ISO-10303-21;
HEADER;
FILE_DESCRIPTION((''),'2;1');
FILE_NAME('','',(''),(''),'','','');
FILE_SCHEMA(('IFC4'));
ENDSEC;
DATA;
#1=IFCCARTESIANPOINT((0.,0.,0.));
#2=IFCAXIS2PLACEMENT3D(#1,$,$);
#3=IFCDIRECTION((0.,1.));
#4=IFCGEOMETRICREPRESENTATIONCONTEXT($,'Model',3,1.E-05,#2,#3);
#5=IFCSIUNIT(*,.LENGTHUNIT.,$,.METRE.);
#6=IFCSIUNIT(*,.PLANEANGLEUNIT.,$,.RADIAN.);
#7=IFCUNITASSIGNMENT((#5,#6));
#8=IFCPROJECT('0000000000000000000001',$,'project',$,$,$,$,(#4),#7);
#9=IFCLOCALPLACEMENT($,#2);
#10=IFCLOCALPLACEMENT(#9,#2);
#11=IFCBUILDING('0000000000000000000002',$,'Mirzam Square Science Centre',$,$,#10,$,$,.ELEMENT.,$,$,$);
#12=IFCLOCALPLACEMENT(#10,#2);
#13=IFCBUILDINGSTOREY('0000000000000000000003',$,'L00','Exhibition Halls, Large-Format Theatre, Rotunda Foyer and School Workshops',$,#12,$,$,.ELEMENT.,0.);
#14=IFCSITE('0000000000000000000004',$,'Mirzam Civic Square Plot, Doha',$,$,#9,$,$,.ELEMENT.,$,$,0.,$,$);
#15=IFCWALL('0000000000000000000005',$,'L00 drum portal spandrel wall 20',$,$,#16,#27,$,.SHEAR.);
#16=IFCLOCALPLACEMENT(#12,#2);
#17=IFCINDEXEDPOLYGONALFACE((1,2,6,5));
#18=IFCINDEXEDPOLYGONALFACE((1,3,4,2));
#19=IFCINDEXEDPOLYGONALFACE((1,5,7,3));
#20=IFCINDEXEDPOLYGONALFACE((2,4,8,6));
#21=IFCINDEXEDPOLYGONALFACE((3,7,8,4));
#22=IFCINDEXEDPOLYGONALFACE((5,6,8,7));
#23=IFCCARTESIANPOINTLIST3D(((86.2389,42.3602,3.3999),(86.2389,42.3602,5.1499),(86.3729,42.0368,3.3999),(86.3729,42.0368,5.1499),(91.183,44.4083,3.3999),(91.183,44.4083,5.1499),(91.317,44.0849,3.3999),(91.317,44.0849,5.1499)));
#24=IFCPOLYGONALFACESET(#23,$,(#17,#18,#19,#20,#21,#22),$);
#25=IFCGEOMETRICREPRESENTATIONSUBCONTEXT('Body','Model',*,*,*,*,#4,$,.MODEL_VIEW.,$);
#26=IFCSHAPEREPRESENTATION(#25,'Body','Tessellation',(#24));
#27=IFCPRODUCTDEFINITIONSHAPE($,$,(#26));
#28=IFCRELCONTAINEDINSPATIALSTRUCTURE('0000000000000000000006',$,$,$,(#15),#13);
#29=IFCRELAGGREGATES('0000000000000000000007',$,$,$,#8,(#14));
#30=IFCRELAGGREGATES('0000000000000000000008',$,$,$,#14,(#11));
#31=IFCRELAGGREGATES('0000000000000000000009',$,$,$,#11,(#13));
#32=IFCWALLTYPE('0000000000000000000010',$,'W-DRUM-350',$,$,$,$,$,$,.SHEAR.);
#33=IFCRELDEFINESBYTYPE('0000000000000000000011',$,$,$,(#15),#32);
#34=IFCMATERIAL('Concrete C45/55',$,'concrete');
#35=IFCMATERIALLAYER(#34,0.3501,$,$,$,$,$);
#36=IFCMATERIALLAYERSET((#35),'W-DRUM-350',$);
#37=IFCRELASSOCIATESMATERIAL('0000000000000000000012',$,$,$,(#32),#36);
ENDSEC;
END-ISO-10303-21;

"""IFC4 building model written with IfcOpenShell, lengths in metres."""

from ifc_helpers import new_model, si_unit, direction, frame, frame_2d, origin, place, context, subcontext, project, spatial, rectangle, extrude, material, layer, layer_set, type_object, element, save


model = new_model("IFC4")

# Units and contexts
model_context = context("Model", 3, precision=1e-05, world=origin(), true_north=direction((0.0, 1.0)))
body_context = subcontext(model_context, "Body", "Model", "MODEL_VIEW")
ifc_project = project(units=[si_unit("LENGTHUNIT", "METRE"), si_unit("PLANEANGLEUNIT", "RADIAN")], contexts=[model_context])

# Site, building, storey
site_placement = place(None, origin())
site = spatial("IfcSite", under=ifc_project, at=site_placement, Name="Mirzam Civic Square Plot, Doha", CompositionType="ELEMENT", RefElevation=0.0)
building_placement = place(site_placement, origin())
building = spatial("IfcBuilding", under=site, at=building_placement, Name="Mirzam Square Science Centre", CompositionType="ELEMENT")
storey_placement = place(building_placement, origin())
storey = spatial("IfcBuildingStorey", under=building, at=storey_placement, Name="L00", Description="Exhibition Halls, Large-Format Theatre, Rotunda Foyer and School Workshops", CompositionType="ELEMENT", Elevation=0.0)

# Shared definitions
ifc_material_1 = material(Name="Concrete C45/55", Category="concrete")

# Wall
ifc_layer_1 = layer(ifc_material_1, 0.3501)
ifc_layer_set_1 = layer_set([ifc_layer_1], Name="W-DRUM-350")
wall_type = type_object("IfcWallType", Name="W-DRUM-350", PredefinedType="SHEAR", material=ifc_layer_set_1)
wall_placement = place(storey_placement, frame((86.3059, 42.1985, 3.3999), z_axis=(0.0, 0.0, 1.0), x_axis=(0.923867, 0.382713, 0.0)))
element("IfcWall", 1, at=wall_placement, inside=storey, type_object=wall_type, Name="L00 drum portal spandrel wall 20", PredefinedType="SHEAR", context=body_context, shape_type="SweptSolid", body=[
    extrude(rectangle(XDim=5.3516, YDim=0.3501, at=frame_2d((2.6758, 0.0))), origin(), (0.0, 0.0, 1.0), 1.75),
])

save(model, "model.ifc")
